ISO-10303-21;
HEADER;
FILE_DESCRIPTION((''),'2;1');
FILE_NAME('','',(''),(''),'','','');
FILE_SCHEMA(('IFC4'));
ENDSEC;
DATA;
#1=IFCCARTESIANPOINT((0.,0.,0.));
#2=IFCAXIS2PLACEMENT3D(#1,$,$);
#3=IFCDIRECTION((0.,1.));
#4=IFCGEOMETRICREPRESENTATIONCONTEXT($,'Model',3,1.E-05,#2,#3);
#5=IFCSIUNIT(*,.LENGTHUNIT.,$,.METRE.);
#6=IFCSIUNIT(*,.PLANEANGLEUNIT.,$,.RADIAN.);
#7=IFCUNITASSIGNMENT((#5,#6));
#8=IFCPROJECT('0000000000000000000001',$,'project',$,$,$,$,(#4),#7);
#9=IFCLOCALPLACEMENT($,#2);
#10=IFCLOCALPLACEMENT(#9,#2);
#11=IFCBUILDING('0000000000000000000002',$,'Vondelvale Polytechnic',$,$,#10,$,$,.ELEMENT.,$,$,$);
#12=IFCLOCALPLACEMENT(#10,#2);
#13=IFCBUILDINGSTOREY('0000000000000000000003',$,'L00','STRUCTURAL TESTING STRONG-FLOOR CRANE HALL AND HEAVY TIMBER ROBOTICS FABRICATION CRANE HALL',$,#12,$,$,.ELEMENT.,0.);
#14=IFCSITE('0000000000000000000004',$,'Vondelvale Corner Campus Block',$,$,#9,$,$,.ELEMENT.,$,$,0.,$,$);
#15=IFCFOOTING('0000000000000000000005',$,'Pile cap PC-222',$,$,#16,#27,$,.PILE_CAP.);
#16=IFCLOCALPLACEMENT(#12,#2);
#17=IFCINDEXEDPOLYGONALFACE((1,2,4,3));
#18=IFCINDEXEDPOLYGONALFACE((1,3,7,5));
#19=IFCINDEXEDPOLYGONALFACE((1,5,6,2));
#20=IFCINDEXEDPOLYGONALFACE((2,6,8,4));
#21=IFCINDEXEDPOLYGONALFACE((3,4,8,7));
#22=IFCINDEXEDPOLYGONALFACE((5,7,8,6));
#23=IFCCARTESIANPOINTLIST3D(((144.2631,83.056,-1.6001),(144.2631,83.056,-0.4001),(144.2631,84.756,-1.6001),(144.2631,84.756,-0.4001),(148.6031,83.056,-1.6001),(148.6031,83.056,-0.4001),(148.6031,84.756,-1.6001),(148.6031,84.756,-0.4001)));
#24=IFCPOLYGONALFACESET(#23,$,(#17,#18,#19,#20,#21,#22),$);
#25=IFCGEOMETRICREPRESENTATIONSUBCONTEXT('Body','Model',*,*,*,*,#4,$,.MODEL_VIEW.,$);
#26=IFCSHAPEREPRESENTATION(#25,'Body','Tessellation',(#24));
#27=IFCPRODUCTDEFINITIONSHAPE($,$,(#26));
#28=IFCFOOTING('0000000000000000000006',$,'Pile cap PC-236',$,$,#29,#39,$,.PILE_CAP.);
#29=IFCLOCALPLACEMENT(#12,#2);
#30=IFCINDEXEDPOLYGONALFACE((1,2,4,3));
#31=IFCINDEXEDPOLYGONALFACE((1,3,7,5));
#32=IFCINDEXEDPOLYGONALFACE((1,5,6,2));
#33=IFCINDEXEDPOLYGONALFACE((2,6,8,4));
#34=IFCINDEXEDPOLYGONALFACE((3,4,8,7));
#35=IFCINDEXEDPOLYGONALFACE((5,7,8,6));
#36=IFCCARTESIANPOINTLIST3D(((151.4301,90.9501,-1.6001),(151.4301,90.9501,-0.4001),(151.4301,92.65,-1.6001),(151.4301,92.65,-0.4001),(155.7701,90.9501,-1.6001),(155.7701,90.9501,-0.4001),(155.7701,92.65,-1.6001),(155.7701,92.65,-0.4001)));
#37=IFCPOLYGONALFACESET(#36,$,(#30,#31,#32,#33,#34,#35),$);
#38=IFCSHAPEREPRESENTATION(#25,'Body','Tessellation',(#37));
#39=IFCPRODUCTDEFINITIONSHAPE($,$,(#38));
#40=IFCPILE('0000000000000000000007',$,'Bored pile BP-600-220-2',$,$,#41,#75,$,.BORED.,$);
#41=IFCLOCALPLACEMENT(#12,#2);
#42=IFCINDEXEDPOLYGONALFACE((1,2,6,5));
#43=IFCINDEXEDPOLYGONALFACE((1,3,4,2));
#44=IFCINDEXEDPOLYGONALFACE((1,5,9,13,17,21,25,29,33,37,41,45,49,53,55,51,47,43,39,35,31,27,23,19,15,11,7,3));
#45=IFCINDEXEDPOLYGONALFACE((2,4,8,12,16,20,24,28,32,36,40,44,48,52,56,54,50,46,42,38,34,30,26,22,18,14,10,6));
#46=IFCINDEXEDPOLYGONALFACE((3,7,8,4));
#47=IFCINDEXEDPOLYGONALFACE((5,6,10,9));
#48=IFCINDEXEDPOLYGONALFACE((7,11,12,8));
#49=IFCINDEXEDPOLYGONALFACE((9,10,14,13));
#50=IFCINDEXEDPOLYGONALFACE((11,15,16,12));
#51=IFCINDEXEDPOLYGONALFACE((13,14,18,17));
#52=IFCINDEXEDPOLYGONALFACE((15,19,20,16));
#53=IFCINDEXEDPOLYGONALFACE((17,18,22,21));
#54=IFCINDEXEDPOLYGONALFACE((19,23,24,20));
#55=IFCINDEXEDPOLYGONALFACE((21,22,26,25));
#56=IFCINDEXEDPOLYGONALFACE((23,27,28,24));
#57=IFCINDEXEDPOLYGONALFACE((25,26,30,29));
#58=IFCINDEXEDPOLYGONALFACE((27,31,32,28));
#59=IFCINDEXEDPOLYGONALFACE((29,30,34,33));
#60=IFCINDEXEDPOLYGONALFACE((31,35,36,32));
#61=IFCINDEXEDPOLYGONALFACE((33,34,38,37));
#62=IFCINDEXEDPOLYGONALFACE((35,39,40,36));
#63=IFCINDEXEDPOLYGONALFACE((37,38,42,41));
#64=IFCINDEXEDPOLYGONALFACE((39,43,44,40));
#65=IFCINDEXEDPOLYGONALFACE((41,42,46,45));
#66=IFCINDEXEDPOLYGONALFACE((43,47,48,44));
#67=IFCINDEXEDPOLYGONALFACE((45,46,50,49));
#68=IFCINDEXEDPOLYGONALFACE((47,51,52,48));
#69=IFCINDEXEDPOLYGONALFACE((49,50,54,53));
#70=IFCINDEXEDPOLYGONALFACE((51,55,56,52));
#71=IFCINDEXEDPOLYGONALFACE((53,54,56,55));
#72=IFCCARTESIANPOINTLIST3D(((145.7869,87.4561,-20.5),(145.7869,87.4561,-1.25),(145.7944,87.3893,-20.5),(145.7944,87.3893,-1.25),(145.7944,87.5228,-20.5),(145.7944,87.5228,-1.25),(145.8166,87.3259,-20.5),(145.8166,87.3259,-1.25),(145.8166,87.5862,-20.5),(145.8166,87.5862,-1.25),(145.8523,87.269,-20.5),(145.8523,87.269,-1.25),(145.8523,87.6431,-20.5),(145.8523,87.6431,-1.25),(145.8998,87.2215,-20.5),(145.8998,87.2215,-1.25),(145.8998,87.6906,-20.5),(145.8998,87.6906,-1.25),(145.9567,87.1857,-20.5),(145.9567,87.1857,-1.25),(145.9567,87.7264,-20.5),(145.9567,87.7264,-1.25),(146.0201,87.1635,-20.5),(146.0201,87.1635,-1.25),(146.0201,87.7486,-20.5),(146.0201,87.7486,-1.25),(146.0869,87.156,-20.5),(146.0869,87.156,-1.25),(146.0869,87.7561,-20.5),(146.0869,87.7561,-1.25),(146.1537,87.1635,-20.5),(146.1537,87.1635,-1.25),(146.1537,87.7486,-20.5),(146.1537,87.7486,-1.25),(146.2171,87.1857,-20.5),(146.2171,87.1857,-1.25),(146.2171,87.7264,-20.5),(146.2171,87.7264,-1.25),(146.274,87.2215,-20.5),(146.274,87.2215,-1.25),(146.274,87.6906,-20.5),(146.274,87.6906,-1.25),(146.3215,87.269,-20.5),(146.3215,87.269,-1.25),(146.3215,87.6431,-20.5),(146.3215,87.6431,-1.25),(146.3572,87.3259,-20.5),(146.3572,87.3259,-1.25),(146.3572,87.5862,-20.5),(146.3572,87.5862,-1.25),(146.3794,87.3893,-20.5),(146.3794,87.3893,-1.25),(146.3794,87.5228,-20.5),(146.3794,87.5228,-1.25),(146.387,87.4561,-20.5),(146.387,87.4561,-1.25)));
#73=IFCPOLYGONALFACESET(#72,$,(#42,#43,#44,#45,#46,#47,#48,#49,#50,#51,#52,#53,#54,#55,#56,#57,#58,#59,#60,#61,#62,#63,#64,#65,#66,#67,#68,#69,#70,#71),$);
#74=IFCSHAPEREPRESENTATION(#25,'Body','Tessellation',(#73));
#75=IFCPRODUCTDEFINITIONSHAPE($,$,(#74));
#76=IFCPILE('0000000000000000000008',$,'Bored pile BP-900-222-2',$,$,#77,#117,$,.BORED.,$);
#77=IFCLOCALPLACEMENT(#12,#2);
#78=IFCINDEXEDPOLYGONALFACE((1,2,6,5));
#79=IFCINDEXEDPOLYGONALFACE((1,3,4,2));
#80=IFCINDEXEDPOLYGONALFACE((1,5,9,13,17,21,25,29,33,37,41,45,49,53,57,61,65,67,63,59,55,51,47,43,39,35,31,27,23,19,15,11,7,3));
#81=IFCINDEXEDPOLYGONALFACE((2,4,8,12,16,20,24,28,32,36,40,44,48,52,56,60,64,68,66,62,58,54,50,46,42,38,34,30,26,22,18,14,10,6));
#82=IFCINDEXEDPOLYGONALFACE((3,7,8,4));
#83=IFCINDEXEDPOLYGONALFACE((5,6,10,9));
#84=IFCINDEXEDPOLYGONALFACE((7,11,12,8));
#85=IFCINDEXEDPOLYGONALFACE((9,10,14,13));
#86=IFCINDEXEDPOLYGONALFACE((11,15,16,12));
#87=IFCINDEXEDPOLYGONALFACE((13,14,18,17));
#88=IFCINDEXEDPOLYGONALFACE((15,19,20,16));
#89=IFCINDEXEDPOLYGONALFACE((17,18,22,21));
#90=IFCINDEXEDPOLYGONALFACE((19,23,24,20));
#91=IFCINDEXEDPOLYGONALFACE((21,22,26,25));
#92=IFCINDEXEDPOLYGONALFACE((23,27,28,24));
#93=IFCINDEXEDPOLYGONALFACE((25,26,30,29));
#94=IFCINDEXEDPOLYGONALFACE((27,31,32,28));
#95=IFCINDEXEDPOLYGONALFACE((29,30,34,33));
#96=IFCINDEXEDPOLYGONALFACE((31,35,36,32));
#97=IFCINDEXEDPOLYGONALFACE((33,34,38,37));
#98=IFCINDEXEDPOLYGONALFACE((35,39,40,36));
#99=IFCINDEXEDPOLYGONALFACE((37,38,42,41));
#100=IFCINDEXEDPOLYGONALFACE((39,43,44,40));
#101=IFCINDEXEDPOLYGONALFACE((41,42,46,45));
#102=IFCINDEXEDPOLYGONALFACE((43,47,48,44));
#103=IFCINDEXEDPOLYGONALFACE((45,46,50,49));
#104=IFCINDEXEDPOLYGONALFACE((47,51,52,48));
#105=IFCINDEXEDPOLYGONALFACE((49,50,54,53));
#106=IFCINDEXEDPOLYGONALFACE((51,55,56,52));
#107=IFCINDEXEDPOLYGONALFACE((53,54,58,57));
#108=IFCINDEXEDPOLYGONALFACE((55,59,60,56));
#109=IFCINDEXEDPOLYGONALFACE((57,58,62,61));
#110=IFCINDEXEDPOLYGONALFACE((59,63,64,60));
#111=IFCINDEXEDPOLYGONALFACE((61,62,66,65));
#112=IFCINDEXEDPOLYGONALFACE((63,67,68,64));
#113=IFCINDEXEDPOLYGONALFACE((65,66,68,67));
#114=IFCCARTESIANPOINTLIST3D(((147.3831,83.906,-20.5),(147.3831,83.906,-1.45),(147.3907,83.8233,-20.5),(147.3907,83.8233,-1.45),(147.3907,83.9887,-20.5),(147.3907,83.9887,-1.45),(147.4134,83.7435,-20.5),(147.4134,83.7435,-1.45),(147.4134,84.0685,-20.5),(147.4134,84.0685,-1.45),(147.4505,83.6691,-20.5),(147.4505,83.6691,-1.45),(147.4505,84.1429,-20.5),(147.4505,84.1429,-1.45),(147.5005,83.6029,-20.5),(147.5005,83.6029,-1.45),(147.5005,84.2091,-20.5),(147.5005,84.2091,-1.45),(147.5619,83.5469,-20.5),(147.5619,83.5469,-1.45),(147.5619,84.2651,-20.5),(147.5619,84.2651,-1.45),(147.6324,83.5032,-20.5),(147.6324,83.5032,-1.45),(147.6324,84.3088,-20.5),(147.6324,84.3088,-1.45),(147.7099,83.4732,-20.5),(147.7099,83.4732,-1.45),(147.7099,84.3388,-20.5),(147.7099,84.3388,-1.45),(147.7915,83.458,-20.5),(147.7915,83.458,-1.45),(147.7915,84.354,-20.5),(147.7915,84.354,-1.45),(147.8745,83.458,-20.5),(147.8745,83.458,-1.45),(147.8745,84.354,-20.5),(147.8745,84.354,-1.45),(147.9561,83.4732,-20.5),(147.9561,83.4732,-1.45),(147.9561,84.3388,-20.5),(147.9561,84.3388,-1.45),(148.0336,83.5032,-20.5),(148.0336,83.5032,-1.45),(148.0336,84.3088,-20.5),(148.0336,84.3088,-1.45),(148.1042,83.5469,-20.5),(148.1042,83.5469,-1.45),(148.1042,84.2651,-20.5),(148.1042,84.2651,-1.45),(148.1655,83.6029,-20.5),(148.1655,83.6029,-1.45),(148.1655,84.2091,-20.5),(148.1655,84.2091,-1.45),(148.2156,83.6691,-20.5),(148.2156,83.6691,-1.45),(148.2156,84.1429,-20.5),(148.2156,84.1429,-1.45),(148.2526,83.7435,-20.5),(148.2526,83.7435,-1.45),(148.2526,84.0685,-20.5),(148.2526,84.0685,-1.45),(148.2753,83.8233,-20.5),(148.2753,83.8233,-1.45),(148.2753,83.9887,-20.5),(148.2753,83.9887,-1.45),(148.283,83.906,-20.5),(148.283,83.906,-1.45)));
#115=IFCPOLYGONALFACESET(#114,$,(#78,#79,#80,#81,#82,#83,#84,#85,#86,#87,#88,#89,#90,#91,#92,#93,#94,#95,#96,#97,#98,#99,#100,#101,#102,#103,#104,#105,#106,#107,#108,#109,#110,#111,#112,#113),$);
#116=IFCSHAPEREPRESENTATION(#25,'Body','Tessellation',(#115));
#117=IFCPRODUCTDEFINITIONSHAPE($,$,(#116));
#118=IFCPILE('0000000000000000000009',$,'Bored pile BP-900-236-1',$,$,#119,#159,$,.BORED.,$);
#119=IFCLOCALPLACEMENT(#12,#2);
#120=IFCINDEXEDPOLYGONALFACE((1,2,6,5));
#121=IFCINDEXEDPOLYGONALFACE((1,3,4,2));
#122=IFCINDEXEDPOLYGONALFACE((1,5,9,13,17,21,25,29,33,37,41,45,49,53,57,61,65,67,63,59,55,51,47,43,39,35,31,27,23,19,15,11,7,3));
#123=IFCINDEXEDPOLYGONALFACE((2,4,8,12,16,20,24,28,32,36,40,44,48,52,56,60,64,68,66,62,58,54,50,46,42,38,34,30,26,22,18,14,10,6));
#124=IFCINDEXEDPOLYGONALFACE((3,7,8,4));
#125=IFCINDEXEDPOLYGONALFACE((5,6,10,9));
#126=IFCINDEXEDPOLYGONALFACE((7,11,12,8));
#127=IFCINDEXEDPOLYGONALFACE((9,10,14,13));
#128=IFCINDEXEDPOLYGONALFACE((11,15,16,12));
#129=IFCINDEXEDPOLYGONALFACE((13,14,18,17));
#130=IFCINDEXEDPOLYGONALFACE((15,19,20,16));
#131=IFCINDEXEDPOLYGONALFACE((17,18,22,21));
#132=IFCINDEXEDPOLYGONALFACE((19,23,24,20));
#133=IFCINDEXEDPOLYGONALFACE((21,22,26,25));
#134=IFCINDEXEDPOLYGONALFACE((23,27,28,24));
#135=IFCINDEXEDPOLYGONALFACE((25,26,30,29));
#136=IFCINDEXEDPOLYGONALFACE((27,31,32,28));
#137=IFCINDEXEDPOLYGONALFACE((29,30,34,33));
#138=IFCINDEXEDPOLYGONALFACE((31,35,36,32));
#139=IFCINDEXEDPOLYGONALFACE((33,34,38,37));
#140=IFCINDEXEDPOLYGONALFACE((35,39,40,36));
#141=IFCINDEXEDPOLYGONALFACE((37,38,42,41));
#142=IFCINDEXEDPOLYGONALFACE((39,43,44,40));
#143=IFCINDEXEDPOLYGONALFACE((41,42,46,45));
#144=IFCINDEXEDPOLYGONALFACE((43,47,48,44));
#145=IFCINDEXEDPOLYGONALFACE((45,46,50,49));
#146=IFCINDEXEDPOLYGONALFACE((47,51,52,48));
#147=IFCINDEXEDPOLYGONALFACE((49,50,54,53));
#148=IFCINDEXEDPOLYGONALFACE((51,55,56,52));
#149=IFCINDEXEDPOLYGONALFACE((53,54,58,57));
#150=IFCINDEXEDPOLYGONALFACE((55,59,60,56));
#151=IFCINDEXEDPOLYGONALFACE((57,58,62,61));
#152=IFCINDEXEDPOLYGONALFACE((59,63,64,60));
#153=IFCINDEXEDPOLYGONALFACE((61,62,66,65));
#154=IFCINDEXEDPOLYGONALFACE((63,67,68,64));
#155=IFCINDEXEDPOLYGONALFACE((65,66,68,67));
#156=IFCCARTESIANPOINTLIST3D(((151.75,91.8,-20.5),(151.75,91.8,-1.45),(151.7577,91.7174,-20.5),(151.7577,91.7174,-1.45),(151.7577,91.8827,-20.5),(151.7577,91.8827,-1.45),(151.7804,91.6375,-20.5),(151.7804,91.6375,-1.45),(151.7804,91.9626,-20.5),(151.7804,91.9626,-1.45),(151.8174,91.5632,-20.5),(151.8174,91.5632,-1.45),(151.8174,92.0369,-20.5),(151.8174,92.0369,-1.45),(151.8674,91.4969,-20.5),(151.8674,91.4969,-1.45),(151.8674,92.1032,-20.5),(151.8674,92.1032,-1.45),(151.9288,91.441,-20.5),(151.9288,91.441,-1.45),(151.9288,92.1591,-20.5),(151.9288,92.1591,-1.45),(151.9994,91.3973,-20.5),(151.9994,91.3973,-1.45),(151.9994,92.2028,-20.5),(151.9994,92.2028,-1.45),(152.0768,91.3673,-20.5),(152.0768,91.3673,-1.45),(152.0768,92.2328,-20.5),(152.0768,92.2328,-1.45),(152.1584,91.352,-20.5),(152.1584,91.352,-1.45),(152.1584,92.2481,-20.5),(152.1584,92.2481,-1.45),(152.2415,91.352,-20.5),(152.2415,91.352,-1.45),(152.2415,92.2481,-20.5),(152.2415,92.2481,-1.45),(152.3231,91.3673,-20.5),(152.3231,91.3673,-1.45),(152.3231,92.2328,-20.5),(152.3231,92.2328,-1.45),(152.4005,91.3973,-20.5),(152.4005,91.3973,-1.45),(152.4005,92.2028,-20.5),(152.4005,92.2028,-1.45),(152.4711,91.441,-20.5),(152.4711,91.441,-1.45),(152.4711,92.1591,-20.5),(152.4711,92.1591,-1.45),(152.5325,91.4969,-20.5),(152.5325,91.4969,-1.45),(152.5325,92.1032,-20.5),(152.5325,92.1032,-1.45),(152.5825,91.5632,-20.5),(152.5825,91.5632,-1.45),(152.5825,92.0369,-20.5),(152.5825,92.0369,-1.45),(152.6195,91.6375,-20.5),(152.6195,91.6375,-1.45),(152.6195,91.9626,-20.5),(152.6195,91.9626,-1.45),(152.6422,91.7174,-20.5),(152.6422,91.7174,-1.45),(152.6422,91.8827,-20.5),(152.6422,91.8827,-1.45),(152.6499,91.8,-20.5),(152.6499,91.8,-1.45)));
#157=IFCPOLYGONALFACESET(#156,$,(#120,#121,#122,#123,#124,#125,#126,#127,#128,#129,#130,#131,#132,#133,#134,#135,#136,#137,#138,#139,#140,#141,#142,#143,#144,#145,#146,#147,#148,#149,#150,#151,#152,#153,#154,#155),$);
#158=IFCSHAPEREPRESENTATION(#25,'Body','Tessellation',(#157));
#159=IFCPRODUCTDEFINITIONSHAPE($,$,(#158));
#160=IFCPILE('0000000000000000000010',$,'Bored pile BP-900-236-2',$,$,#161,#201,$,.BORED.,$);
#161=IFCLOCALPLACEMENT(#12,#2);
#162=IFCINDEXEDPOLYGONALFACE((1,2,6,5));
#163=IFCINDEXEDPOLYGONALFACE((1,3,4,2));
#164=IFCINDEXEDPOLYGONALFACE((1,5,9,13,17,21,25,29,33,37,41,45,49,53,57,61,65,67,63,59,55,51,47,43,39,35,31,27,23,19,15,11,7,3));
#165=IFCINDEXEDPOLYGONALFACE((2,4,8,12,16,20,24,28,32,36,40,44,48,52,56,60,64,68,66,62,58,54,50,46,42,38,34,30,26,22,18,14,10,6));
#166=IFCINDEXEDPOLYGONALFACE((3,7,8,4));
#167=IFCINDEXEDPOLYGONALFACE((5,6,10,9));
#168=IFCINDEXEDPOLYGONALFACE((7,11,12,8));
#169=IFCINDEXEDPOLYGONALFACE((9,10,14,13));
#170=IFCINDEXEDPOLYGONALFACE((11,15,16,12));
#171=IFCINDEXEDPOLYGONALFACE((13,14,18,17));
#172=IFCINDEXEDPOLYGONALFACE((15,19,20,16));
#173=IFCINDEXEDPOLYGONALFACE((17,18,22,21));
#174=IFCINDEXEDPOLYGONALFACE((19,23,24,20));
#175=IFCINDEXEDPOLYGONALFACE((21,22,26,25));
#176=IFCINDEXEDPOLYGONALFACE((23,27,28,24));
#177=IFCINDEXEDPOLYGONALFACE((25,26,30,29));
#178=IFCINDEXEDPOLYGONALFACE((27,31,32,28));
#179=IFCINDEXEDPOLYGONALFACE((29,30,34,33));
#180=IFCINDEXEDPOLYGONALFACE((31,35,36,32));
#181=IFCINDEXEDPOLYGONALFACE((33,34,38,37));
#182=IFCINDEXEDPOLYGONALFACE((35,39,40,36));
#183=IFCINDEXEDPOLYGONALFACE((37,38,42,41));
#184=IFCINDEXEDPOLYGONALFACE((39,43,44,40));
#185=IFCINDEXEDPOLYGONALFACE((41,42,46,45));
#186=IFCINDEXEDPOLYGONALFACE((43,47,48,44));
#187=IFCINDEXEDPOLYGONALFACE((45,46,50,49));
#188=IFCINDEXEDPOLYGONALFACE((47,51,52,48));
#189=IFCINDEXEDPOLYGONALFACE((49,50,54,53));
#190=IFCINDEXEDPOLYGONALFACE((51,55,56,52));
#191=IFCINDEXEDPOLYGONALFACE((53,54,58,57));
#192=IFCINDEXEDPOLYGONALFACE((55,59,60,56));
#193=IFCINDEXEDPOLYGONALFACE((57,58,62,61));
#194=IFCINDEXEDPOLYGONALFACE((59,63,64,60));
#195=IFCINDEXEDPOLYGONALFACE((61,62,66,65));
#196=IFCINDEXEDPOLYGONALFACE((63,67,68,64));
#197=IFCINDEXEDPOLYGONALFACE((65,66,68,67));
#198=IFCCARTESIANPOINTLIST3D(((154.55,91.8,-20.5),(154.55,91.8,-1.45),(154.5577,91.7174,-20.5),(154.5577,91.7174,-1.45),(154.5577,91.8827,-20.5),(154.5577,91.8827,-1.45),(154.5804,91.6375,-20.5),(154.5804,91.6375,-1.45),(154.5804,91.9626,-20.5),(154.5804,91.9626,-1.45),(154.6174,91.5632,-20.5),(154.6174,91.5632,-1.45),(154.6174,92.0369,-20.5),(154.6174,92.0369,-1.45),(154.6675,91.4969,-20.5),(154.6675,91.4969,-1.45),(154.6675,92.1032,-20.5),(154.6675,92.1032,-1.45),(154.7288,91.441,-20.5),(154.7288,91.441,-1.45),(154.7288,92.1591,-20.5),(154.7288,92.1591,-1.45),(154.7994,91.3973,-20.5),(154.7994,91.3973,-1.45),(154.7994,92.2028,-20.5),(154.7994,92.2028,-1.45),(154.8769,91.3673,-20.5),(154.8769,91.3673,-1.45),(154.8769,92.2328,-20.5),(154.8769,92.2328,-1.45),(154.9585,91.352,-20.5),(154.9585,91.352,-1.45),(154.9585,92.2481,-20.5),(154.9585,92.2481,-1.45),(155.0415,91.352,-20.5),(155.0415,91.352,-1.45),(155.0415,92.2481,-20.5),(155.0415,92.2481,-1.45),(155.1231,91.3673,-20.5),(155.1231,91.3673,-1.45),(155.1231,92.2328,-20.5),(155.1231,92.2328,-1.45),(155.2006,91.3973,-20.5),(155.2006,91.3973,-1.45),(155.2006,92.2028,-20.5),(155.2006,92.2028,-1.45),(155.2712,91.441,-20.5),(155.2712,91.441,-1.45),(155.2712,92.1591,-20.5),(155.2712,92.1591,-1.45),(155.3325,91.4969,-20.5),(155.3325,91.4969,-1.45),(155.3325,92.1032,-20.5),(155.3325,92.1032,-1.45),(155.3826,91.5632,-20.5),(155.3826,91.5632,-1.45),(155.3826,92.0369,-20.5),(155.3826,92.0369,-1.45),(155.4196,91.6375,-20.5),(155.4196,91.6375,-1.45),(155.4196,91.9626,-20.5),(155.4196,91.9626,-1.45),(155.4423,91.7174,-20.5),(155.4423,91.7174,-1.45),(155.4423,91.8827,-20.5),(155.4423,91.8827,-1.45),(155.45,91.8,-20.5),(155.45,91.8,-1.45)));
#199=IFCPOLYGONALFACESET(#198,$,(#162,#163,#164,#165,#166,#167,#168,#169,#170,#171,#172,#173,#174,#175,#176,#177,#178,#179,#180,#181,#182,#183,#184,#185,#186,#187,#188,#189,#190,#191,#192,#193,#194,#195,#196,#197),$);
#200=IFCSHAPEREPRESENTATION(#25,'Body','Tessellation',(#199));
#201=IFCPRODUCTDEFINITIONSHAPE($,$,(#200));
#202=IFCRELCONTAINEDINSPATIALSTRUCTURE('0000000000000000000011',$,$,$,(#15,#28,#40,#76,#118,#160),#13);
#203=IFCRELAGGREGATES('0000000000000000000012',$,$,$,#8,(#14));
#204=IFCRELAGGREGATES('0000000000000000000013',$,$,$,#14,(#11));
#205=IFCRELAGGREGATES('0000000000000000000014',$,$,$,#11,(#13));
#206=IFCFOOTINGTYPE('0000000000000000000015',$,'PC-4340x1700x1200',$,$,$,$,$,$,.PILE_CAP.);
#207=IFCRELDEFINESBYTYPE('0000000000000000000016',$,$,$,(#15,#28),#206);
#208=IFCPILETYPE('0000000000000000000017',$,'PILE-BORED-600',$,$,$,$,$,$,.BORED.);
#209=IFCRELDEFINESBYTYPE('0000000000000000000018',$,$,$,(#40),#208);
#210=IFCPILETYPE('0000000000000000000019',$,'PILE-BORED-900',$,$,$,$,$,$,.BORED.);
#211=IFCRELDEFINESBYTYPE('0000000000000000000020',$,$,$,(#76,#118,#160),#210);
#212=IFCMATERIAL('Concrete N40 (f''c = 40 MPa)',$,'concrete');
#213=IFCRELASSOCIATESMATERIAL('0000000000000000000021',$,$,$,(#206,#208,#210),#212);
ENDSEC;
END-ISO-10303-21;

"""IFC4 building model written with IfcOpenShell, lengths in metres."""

from ifc_helpers import new_model, si_unit, direction, frame, origin, origin_2d, place, context, subcontext, project, spatial, rectangle, circle, extrude, material, material_profile, profile_set, type_object, element, save


model = new_model("IFC4")

# Units and contexts
model_context = context("Model", 3, precision=1e-05, world=origin(), true_north=direction((0.0, 1.0)))
body_context = subcontext(model_context, "Body", "Model", "MODEL_VIEW")
ifc_project = project(units=[si_unit("LENGTHUNIT", "METRE"), si_unit("PLANEANGLEUNIT", "RADIAN")], contexts=[model_context])

# Site, building, storey
site_placement = place(None, origin())
site = spatial("IfcSite", under=ifc_project, at=site_placement, Name="Vondelvale Corner Campus Block", CompositionType="ELEMENT", RefElevation=0.0)
building_placement = place(site_placement, origin())
building = spatial("IfcBuilding", under=site, at=building_placement, Name="Vondelvale Polytechnic", CompositionType="ELEMENT")
storey_placement = place(building_placement, origin())
storey = spatial("IfcBuildingStorey", under=building, at=storey_placement, Name="L00", Description="STRUCTURAL TESTING STRONG-FLOOR CRANE HALL AND HEAVY TIMBER ROBOTICS FABRICATION CRANE HALL", CompositionType="ELEMENT", Elevation=0.0)

# Footings
ifc_material_1 = material(Name="Concrete N40 (f'c = 40 MPa)", Category="concrete")
footing_type = type_object("IfcFootingType", Name="PC-4340x1700x1200", PredefinedType="PILE_CAP", material=ifc_material_1)
for number, where, z_axis, x_axis, name in (
    (1, (146.4331, 83.906, -1.6001), (0.0, 0.0, 1.0), (1.0, 0.0, 0.0), "Pile cap PC-222"),
    (2, (153.6001, 91.8, -1.6001), (0.0, 0.0, 1.0), (1.0, 0.0, 0.0), "Pile cap PC-236"),
):
    element("IfcFooting", number, at=place(storey_placement, frame(where, z_axis=z_axis, x_axis=x_axis)), inside=storey, type_object=footing_type, Name=name, PredefinedType="PILE_CAP", context=body_context, shape_type="SweptSolid", body=[
        extrude(rectangle(XDim=4.3401, YDim=1.7, at=origin_2d()), origin(), (0.0, 0.0, 1.0), 1.2),
    ])

# Piles
ifc_material_profile_1 = material_profile(ifc_material_1, circle(Radius=0.3, at=origin_2d()), Name="PILE-D600")
ifc_profile_set_1 = profile_set([ifc_material_profile_1], Name="Concrete N40 (f'c = 40 MPa)")
pile_type_1 = type_object("IfcPileType", Name="PILE-BORED-600", PredefinedType="BORED", material=ifc_profile_set_1)
pile_placement = place(storey_placement, frame((146.0869, 87.4561, -1.25), z_axis=(0.0, 0.0, -1.0), x_axis=(1.0, 0.0, 0.0)))
element("IfcPile", 3, at=pile_placement, inside=storey, type_object=pile_type_1, Name="Bored pile BP-600-220-2", PredefinedType="BORED", context=body_context, shape_type="SweptSolid", body=[
    extrude(circle(Radius=0.3, at=origin_2d()), origin(), (0.0, 0.0, 1.0), 19.25),
])
ifc_material_profile_2 = material_profile(ifc_material_1, circle(Radius=0.45, at=origin_2d()), Name="PILE-D900")
ifc_profile_set_2 = profile_set([ifc_material_profile_2], Name="Concrete N40 (f'c = 40 MPa)")
pile_type_2 = type_object("IfcPileType", Name="PILE-BORED-900", PredefinedType="BORED", material=ifc_profile_set_2)
for number, where, z_axis, x_axis, name in (
    (4, (147.833, 83.906, -1.45), (0.0, 0.0, -1.0), (1.0, 0.0, 0.0), "Bored pile BP-900-222-2"),
    (5, (152.2, 91.8, -1.45), (0.0, 0.0, -1.0), (1.0, 0.0, 0.0), "Bored pile BP-900-236-1"),
    (6, (155.0, 91.8, -1.45), (0.0, 0.0, -1.0), (1.0, 0.0, 0.0), "Bored pile BP-900-236-2"),
):
    element("IfcPile", number, at=place(storey_placement, frame(where, z_axis=z_axis, x_axis=x_axis)), inside=storey, type_object=pile_type_2, Name=name, PredefinedType="BORED", context=body_context, shape_type="SweptSolid", body=[
        extrude(circle(Radius=0.45, at=origin_2d()), origin(), (0.0, 0.0, 1.0), 19.05),
    ])

save(model, "model.ifc")
